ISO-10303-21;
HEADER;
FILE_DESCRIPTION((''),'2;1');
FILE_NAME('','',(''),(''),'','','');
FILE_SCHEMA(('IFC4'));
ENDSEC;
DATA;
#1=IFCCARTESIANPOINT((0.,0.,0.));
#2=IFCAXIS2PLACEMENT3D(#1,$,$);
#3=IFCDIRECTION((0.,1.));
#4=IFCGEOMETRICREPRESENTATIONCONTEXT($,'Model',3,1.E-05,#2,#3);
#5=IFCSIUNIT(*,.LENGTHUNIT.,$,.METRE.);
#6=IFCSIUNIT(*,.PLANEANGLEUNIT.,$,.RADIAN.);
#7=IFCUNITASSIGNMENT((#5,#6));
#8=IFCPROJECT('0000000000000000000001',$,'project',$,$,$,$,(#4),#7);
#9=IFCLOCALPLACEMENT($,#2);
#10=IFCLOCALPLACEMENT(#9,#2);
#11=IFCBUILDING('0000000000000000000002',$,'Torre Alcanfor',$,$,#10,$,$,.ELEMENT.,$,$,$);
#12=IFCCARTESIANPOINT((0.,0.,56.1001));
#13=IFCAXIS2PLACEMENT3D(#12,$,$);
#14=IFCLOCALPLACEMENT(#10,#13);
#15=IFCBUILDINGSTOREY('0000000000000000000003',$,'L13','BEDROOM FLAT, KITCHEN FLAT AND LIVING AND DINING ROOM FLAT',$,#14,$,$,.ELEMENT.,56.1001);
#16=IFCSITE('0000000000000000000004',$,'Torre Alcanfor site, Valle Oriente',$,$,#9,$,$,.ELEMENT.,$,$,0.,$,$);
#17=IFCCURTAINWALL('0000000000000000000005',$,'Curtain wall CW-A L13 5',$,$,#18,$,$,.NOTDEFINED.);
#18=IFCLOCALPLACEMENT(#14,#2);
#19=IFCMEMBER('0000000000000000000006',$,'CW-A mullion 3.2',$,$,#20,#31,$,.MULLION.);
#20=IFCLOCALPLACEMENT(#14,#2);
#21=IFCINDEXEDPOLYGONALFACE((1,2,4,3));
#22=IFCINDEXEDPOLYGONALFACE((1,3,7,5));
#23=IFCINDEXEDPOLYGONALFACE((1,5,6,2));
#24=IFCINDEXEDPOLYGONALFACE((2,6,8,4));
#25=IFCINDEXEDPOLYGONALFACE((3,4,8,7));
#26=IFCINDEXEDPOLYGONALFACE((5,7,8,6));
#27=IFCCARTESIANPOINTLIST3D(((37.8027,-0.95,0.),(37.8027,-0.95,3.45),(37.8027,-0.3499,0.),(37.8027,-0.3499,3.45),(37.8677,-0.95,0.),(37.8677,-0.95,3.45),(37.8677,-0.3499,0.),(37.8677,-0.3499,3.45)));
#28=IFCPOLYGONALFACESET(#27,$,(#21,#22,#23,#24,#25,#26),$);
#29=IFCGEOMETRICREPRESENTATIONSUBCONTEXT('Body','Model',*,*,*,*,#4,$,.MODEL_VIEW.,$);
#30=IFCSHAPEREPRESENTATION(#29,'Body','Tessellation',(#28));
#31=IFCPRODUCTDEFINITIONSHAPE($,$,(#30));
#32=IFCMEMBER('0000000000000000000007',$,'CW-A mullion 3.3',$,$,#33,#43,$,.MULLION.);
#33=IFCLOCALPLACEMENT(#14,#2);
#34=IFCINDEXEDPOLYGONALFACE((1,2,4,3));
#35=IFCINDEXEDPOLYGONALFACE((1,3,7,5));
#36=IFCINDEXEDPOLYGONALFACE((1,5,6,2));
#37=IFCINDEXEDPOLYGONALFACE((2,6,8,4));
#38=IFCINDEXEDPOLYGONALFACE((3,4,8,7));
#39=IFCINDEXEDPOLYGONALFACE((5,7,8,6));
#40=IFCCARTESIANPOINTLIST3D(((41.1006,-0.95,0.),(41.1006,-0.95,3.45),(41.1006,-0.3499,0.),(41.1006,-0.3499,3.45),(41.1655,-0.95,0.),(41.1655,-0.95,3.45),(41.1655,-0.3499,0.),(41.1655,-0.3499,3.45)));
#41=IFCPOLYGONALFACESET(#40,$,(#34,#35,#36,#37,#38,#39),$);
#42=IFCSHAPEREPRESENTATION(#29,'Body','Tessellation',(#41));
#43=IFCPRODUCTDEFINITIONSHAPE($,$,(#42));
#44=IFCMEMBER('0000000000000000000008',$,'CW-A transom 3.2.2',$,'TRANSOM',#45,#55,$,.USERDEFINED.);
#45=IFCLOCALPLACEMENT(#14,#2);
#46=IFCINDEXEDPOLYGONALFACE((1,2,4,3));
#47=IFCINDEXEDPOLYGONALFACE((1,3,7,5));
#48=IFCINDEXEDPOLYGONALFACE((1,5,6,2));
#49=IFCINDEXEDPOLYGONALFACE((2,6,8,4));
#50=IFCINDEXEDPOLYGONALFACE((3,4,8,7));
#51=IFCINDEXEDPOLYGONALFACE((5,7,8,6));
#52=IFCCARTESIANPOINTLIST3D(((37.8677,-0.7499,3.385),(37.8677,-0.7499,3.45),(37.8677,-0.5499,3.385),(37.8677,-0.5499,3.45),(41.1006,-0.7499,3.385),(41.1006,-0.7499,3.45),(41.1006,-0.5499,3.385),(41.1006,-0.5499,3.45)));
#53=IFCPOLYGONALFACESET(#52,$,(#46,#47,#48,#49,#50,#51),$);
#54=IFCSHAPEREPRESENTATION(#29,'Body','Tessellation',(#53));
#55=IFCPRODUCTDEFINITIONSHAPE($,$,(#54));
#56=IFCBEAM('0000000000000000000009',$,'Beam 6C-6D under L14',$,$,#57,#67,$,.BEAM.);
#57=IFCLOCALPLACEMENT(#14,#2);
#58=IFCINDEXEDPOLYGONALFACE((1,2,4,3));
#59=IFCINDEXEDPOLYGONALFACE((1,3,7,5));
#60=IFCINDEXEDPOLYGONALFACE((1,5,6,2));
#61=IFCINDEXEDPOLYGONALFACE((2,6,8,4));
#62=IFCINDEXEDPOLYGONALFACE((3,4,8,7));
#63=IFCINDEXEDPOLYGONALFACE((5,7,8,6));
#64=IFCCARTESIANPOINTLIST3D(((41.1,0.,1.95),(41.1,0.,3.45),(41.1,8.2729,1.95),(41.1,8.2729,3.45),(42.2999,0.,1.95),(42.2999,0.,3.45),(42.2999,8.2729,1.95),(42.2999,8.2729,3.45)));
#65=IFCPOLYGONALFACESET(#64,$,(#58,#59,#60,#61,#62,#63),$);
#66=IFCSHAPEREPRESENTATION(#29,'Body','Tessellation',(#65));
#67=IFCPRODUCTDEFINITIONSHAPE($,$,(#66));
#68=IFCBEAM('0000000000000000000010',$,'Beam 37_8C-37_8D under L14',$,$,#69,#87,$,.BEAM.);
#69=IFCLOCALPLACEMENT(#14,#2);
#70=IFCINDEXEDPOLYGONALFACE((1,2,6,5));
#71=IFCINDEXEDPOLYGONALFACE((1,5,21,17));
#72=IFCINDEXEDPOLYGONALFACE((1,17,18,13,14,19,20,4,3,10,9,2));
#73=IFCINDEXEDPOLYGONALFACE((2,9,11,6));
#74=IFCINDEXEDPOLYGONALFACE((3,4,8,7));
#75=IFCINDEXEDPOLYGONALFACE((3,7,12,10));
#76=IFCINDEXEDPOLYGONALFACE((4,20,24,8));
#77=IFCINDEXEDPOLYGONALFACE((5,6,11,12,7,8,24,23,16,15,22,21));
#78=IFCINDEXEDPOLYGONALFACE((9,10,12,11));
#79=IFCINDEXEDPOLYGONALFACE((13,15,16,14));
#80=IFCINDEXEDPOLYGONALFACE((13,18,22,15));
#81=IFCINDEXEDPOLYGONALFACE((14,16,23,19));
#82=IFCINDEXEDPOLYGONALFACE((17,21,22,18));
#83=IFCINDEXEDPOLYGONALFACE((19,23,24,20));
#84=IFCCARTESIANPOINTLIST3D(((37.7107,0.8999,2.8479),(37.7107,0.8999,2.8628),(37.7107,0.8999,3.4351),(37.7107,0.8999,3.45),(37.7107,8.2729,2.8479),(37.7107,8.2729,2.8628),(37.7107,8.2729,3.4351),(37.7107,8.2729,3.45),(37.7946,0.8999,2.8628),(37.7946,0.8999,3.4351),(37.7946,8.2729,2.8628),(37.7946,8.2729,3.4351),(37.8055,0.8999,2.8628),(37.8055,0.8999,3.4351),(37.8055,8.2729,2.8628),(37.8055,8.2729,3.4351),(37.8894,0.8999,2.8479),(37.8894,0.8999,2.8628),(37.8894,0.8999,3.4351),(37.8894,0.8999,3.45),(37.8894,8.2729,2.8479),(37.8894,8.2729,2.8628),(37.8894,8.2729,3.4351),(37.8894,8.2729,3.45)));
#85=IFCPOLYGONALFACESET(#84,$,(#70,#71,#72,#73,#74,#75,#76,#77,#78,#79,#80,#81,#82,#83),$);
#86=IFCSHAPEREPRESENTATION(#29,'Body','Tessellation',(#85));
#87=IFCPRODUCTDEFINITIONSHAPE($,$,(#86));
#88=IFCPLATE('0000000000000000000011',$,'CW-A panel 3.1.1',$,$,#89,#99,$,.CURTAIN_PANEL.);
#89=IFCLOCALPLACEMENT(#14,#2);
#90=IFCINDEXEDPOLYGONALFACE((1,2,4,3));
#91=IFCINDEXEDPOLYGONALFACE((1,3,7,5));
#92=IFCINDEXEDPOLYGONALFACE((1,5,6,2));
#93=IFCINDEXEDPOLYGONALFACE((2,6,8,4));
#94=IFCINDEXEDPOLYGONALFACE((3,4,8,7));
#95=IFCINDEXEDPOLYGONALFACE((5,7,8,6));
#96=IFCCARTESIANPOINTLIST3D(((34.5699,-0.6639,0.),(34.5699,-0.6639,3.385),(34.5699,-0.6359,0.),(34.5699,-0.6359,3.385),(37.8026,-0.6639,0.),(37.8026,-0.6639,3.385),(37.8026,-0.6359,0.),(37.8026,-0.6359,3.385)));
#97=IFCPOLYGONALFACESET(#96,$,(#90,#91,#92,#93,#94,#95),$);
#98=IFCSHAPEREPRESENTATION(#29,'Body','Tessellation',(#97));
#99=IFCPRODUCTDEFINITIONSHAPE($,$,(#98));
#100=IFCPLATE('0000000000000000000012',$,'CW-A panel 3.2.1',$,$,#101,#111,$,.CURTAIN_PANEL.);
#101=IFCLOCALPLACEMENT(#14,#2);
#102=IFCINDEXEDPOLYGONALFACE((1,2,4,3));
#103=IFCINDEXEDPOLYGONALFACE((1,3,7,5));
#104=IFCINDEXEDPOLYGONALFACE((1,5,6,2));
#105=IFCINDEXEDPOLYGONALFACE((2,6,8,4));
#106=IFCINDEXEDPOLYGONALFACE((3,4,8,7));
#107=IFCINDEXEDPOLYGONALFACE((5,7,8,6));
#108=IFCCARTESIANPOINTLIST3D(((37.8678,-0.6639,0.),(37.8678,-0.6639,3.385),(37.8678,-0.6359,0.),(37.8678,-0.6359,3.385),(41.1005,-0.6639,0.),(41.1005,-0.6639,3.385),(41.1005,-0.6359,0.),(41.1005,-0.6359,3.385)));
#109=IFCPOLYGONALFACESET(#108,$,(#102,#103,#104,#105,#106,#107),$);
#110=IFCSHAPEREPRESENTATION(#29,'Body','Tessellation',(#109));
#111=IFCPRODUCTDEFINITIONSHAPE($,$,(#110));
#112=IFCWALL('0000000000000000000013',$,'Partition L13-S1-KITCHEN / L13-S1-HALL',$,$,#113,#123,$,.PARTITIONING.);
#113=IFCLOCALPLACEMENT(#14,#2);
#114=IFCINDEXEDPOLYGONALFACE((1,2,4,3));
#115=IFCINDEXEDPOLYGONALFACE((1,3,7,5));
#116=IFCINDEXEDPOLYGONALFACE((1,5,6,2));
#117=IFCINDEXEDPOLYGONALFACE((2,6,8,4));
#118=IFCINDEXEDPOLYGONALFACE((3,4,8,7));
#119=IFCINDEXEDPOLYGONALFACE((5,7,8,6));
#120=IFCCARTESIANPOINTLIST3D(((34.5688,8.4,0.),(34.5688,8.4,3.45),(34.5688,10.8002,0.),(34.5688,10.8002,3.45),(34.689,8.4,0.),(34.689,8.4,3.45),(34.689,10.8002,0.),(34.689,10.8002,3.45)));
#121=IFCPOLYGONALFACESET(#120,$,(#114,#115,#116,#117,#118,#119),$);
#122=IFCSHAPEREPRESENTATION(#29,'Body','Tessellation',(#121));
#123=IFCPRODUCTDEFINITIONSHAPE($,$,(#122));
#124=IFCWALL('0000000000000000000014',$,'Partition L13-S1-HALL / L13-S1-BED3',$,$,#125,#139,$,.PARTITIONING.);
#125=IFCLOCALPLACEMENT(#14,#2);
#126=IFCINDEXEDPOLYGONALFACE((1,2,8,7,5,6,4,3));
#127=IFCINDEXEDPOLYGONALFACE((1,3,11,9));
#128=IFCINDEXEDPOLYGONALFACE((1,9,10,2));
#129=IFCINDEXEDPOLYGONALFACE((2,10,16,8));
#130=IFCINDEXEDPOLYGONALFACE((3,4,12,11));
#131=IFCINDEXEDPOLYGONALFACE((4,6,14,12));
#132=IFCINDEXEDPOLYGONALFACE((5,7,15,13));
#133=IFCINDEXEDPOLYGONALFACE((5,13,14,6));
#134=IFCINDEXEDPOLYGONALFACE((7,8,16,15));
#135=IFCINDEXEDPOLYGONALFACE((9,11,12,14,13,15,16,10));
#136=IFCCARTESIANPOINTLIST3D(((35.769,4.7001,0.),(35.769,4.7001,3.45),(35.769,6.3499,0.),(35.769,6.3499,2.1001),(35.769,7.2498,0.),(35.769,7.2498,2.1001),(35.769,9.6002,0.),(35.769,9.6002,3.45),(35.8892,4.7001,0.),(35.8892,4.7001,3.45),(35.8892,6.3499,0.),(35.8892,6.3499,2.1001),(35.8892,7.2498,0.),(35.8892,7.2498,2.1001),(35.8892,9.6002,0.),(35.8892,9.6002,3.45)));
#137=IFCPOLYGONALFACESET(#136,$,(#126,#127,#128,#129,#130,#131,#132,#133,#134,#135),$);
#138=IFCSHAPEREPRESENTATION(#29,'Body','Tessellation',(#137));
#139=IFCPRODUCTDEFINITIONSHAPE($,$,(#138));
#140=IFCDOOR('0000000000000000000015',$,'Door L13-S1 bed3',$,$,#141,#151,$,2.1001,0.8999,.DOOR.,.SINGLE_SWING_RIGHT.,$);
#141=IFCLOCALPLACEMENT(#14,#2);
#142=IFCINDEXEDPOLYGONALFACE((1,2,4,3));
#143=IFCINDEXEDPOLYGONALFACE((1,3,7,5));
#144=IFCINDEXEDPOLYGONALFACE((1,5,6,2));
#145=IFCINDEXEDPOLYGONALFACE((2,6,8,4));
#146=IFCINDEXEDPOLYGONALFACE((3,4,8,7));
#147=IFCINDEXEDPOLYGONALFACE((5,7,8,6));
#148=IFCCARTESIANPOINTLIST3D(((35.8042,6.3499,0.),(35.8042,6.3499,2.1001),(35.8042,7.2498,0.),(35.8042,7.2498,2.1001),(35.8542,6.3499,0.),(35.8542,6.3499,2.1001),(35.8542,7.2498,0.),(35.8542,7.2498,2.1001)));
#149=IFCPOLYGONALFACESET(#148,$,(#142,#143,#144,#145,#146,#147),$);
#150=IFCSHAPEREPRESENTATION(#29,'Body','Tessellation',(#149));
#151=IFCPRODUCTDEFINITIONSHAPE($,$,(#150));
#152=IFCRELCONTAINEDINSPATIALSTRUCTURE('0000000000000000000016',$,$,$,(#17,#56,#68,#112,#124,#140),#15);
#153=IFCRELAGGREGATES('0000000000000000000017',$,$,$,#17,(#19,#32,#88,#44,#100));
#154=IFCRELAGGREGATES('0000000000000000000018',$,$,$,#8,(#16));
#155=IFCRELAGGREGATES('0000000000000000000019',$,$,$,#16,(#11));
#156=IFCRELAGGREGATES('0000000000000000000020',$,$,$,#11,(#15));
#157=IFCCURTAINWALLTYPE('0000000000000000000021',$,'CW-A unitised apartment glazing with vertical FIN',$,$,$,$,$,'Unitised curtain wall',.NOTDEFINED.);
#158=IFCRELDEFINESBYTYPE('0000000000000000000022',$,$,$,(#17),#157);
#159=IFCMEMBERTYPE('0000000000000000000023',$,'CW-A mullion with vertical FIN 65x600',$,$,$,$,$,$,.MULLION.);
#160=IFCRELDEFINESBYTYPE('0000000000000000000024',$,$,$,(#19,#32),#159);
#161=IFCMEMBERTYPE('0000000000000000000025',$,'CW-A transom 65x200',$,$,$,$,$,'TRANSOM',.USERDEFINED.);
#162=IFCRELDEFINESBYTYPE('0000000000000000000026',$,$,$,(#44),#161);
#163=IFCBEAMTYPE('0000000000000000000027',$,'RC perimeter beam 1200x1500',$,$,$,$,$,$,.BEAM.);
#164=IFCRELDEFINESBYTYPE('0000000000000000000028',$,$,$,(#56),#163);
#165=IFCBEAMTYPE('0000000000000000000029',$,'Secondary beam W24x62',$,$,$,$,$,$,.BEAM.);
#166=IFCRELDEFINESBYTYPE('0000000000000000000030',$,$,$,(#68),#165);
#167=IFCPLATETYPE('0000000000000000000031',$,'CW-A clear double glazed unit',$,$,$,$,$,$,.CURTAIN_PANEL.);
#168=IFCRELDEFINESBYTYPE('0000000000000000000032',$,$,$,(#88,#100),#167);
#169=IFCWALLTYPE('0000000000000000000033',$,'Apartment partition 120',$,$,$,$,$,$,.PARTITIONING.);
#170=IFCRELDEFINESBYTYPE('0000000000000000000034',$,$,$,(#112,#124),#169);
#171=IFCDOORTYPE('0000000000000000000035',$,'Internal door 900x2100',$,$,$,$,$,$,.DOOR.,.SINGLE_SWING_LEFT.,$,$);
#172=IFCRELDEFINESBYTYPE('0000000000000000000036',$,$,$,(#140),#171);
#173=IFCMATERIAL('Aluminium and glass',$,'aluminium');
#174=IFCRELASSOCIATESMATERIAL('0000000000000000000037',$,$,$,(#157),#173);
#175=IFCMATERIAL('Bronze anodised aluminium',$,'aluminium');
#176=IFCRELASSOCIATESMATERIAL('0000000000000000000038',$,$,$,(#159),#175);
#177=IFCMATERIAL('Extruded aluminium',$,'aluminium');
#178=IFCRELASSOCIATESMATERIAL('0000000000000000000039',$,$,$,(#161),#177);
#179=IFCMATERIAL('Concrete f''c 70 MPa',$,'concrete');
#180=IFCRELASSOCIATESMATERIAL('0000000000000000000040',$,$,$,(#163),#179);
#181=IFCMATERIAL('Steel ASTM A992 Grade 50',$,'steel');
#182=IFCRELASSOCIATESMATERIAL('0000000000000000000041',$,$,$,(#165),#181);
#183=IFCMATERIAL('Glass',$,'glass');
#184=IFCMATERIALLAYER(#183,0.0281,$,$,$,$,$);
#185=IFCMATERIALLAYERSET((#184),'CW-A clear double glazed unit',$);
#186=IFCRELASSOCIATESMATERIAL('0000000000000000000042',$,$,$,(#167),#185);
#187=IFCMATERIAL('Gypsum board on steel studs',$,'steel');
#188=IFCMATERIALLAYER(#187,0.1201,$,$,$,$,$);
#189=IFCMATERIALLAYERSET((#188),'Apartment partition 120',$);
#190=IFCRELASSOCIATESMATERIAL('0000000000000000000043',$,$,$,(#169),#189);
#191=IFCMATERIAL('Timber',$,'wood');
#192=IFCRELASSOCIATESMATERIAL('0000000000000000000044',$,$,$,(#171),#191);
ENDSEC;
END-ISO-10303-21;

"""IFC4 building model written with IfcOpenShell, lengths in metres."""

from ifc_helpers import new_model, si_unit, direction, frame, frame_2d, origin, origin_2d, place, context, subcontext, project, spatial, rectangle, i_section, extrude, material, layer, layer_set, material_profile, profile_set, type_object, element, fill, aggregate, save


model = new_model("IFC4")

# Units and contexts
model_context = context("Model", 3, precision=1e-05, world=origin(), true_north=direction((0.0, 1.0)))
body_context = subcontext(model_context, "Body", "Model", "MODEL_VIEW")
ifc_project = project(units=[si_unit("LENGTHUNIT", "METRE"), si_unit("PLANEANGLEUNIT", "RADIAN")], contexts=[model_context])

# Site, building, storey
site_placement = place(None, origin())
site = spatial("IfcSite", under=ifc_project, at=site_placement, Name="Torre Alcanfor site, Valle Oriente", CompositionType="ELEMENT", RefElevation=0.0)
building_placement = place(site_placement, origin())
building = spatial("IfcBuilding", under=site, at=building_placement, Name="Torre Alcanfor", CompositionType="ELEMENT")
storey_placement = place(building_placement, frame((0.0, 0.0, 56.1001)))
storey = spatial("IfcBuildingStorey", under=building, at=storey_placement, Name="L13", Description="BEDROOM FLAT, KITCHEN FLAT AND LIVING AND DINING ROOM FLAT", CompositionType="ELEMENT", Elevation=56.1001)

# Curtain wall, members
ifc_material_1 = material(Name="Aluminium and glass", Category="aluminium")
curtain_wall_type = type_object("IfcCurtainWallType", Name="CW-A unitised apartment glazing with vertical FIN", ElementType="Unitised curtain wall", PredefinedType="NOTDEFINED", material=ifc_material_1)
curtain_wall_placement = place(storey_placement, origin())
curtain_wall = element("IfcCurtainWall", 1, at=curtain_wall_placement, inside=storey, type_object=curtain_wall_type, Name="Curtain wall CW-A L13 5", PredefinedType="NOTDEFINED")
ifc_material_2 = material(Name="Bronze anodised aluminium", Category="aluminium")
ifc_material_profile_1 = material_profile(ifc_material_2, rectangle(XDim=0.6001, YDim=0.0649, at=origin_2d()), Name="CW-A mullion 65x600")
ifc_profile_set_1 = profile_set([ifc_material_profile_1], Name="Bronze anodised aluminium")
member_type_1 = type_object("IfcMemberType", Name="CW-A mullion with vertical FIN 65x600", PredefinedType="MULLION", material=ifc_profile_set_1)
member_1_placement = place(storey_placement, frame((37.8352, -0.6499, 0.0), z_axis=(0.0, 0.0, 1.0), x_axis=(0.0, 1.0, 0.0)))
member_1 = element("IfcMember", 2, at=member_1_placement, type_object=member_type_1, Name="CW-A mullion 3.2", PredefinedType="MULLION", context=body_context, shape_type="SweptSolid", body=[
    extrude(rectangle(XDim=0.6001, YDim=0.0649, at=origin_2d()), origin(), (0.0, 0.0, 1.0), 3.45),
])
member_2_placement = place(storey_placement, frame((41.1331, -0.6499, 0.0), z_axis=(0.0, 0.0, 1.0), x_axis=(0.0, 1.0, 0.0)))
member_2 = element("IfcMember", 3, at=member_2_placement, type_object=member_type_1, Name="CW-A mullion 3.3", PredefinedType="MULLION", context=body_context, shape_type="SweptSolid", body=[
    extrude(rectangle(XDim=0.6001, YDim=0.0649, at=origin_2d()), origin(), (0.0, 0.0, 1.0), 3.45),
])
ifc_material_3 = material(Name="Extruded aluminium", Category="aluminium")
ifc_material_profile_2 = material_profile(ifc_material_3, rectangle(XDim=0.2, YDim=0.0649, at=origin_2d()), Name="CW-A transom 200x65")
ifc_profile_set_2 = profile_set([ifc_material_profile_2], Name="Extruded aluminium")
member_type_2 = type_object("IfcMemberType", Name="CW-A transom 65x200", ElementType="TRANSOM", PredefinedType="USERDEFINED", material=ifc_profile_set_2)
member_3_placement = place(storey_placement, frame((37.8677, -0.6499, 3.4175), z_axis=(1.0, 0.0, 0.0), x_axis=(0.0, 1.0, 0.0)))
member_3 = element("IfcMember", 4, at=member_3_placement, type_object=member_type_2, Name="CW-A transom 3.2.2", ObjectType="TRANSOM", PredefinedType="USERDEFINED", context=body_context, shape_type="SweptSolid", body=[
    extrude(rectangle(XDim=0.2, YDim=0.0649, at=origin_2d()), origin(), (0.0, 0.0, 1.0), 3.2329),
])

# Beams
ifc_material_4 = material(Name="Concrete f'c 70 MPa", Category="concrete")
ifc_material_profile_3 = material_profile(ifc_material_4, rectangle(XDim=1.2, YDim=1.5, at=origin_2d()), Name="1200x1500")
ifc_profile_set_3 = profile_set([ifc_material_profile_3], Name="Concrete f'c 70 MPa")
beam_type_1 = type_object("IfcBeamType", Name="RC perimeter beam 1200x1500", PredefinedType="BEAM", material=ifc_profile_set_3)
beam_1_placement = place(storey_placement, frame((41.7, 0.0, 2.7), z_axis=(0.0, 1.0, 0.0), x_axis=(-1.0, 0.0, 0.0)))
element("IfcBeam", 5, at=beam_1_placement, inside=storey, type_object=beam_type_1, Name="Beam 6C-6D under L14", PredefinedType="BEAM", context=body_context, shape_type="SweptSolid", body=[
    extrude(rectangle(XDim=1.2, YDim=1.5, at=origin_2d()), origin(), (0.0, 0.0, 1.0), 8.2729),
])
ifc_material_5 = material(Name="Steel ASTM A992 Grade 50", Category="steel")
ifc_material_profile_4 = material_profile(ifc_material_5, i_section(OverallWidth=0.1787, OverallDepth=0.6021, WebThickness=0.011, FlangeThickness=0.0149, at=origin_2d()), Name="W24x62")
ifc_profile_set_4 = profile_set([ifc_material_profile_4], Name="Steel ASTM A992 Grade 50")
beam_type_2 = type_object("IfcBeamType", Name="Secondary beam W24x62", PredefinedType="BEAM", material=ifc_profile_set_4)
beam_2_placement = place(storey_placement, frame((37.8, 0.8999, 3.1489), z_axis=(0.0, 1.0, 0.0), x_axis=(-1.0, 0.0, 0.0)))
element("IfcBeam", 6, at=beam_2_placement, inside=storey, type_object=beam_type_2, Name="Beam 37_8C-37_8D under L14", PredefinedType="BEAM", context=body_context, shape_type="SweptSolid", body=[
    extrude(i_section(OverallWidth=0.1787, OverallDepth=0.6021, WebThickness=0.011, FlangeThickness=0.0149, at=origin_2d()), origin(), (0.0, 0.0, 1.0), 7.373),
])

# Plates
ifc_material_6 = material(Name="Glass", Category="glass")
ifc_layer_1 = layer(ifc_material_6, 0.0281)
ifc_layer_set_1 = layer_set([ifc_layer_1], Name="CW-A clear double glazed unit")
plate_type = type_object("IfcPlateType", Name="CW-A clear double glazed unit", PredefinedType="CURTAIN_PANEL", material=ifc_layer_set_1)
plate_1_placement = place(storey_placement, frame((36.1863, -0.6499, 0.0), z_axis=(0.0, 0.0, 1.0), x_axis=(1.0, 0.0, 0.0)))
plate_1 = element("IfcPlate", 7, at=plate_1_placement, type_object=plate_type, Name="CW-A panel 3.1.1", PredefinedType="CURTAIN_PANEL", context=body_context, shape_type="SweptSolid", body=[
    extrude(rectangle(XDim=3.2327, YDim=0.0281, at=origin_2d()), origin(), (0.0, 0.0, 1.0), 3.385),
])
plate_2_placement = place(storey_placement, frame((39.4841, -0.6499, 0.0), z_axis=(0.0, 0.0, 1.0), x_axis=(1.0, 0.0, 0.0)))
plate_2 = element("IfcPlate", 8, at=plate_2_placement, type_object=plate_type, Name="CW-A panel 3.2.1", PredefinedType="CURTAIN_PANEL", context=body_context, shape_type="SweptSolid", body=[
    extrude(rectangle(XDim=3.2327, YDim=0.0281, at=origin_2d()), origin(), (0.0, 0.0, 1.0), 3.385),
])
aggregate(curtain_wall, [member_1, member_2, plate_1, member_3, plate_2])

# Wall
ifc_material_7 = material(Name="Gypsum board on steel studs", Category="steel")
ifc_layer_2 = layer(ifc_material_7, 0.1201)
ifc_layer_set_2 = layer_set([ifc_layer_2], Name="Apartment partition 120")
wall_type_1 = type_object("IfcWallType", Name="Apartment partition 120", PredefinedType="PARTITIONING", material=ifc_layer_set_2)
wall_1_placement = place(storey_placement, frame((34.6289, 8.3999, 0.0), z_axis=(0.0, 0.0, 1.0), x_axis=(0.0, 1.0, 0.0)))
element("IfcWall", 9, at=wall_1_placement, inside=storey, type_object=wall_type_1, Name="Partition L13-S1-KITCHEN / L13-S1-HALL", PredefinedType="PARTITIONING", context=body_context, shape_type="SweptSolid", body=[
    extrude(rectangle(XDim=2.4001, YDim=0.1201, at=frame_2d((1.2002, 0.0))), origin(), (0.0, 0.0, 1.0), 3.45),
])

# Wall, opening, door
wall_2_placement = place(storey_placement, frame((35.8291, 4.7, 0.0), z_axis=(0.0, 0.0, 1.0), x_axis=(0.0, 1.0, 0.0)))
wall_2 = element("IfcWall", 10, at=wall_2_placement, inside=storey, type_object=wall_type_1, Name="Partition L13-S1-HALL / L13-S1-BED3", PredefinedType="PARTITIONING", context=body_context, shape_type="SweptSolid", body=[
    extrude(rectangle(XDim=4.9001, YDim=0.1201, at=frame_2d((2.4502, 0.0))), origin(), (0.0, 0.0, 1.0), 3.45),
])
opening_1_placement = place(wall_2_placement, frame((1.6499, 0.0, 0.0)))
opening_1 = element("IfcOpeningElement", 11, at=opening_1_placement, cuts=wall_2, PredefinedType="OPENING", context=body_context, shape_type="SweptSolid", body=[
    extrude(rectangle(XDim=0.8999, YDim=2.1001, at=frame_2d((0.45, 1.05))), frame((0.0, 0.0701, 0.0), z_axis=(0.0, -1.0, 0.0), x_axis=(1.0, 0.0, 0.0)), (0.0, 0.0, 1.0), 0.1401),
])
ifc_material_8 = material(Name="Timber", Category="wood")
door_type = type_object("IfcDoorType", Name="Internal door 900x2100", OperationType="SINGLE_SWING_LEFT", PredefinedType="DOOR", material=ifc_material_8)
door_1_placement = place(opening_1_placement, frame((0.8999, 0.0, 0.0), z_axis=(0.0, 0.0, 1.0), x_axis=(-1.0, 0.0, 0.0)))
door_1 = element("IfcDoor", 12, at=door_1_placement, inside=storey, type_object=door_type, Name="Door L13-S1 bed3", OperationType="SINGLE_SWING_RIGHT", OverallHeight=2.1001, OverallWidth=0.8999, PredefinedType="DOOR", context=body_context, shape_type="SweptSolid", body=[
    extrude(rectangle(XDim=0.8999, YDim=2.1001, at=frame_2d((0.45, 1.05))), frame((0.0, 0.0251, 0.0), z_axis=(0.0, -1.0, 0.0), x_axis=(1.0, 0.0, 0.0)), (0.0, 0.0, 1.0), 0.05),
])
fill(opening_1, door_1)

save(model, "model.ifc")
